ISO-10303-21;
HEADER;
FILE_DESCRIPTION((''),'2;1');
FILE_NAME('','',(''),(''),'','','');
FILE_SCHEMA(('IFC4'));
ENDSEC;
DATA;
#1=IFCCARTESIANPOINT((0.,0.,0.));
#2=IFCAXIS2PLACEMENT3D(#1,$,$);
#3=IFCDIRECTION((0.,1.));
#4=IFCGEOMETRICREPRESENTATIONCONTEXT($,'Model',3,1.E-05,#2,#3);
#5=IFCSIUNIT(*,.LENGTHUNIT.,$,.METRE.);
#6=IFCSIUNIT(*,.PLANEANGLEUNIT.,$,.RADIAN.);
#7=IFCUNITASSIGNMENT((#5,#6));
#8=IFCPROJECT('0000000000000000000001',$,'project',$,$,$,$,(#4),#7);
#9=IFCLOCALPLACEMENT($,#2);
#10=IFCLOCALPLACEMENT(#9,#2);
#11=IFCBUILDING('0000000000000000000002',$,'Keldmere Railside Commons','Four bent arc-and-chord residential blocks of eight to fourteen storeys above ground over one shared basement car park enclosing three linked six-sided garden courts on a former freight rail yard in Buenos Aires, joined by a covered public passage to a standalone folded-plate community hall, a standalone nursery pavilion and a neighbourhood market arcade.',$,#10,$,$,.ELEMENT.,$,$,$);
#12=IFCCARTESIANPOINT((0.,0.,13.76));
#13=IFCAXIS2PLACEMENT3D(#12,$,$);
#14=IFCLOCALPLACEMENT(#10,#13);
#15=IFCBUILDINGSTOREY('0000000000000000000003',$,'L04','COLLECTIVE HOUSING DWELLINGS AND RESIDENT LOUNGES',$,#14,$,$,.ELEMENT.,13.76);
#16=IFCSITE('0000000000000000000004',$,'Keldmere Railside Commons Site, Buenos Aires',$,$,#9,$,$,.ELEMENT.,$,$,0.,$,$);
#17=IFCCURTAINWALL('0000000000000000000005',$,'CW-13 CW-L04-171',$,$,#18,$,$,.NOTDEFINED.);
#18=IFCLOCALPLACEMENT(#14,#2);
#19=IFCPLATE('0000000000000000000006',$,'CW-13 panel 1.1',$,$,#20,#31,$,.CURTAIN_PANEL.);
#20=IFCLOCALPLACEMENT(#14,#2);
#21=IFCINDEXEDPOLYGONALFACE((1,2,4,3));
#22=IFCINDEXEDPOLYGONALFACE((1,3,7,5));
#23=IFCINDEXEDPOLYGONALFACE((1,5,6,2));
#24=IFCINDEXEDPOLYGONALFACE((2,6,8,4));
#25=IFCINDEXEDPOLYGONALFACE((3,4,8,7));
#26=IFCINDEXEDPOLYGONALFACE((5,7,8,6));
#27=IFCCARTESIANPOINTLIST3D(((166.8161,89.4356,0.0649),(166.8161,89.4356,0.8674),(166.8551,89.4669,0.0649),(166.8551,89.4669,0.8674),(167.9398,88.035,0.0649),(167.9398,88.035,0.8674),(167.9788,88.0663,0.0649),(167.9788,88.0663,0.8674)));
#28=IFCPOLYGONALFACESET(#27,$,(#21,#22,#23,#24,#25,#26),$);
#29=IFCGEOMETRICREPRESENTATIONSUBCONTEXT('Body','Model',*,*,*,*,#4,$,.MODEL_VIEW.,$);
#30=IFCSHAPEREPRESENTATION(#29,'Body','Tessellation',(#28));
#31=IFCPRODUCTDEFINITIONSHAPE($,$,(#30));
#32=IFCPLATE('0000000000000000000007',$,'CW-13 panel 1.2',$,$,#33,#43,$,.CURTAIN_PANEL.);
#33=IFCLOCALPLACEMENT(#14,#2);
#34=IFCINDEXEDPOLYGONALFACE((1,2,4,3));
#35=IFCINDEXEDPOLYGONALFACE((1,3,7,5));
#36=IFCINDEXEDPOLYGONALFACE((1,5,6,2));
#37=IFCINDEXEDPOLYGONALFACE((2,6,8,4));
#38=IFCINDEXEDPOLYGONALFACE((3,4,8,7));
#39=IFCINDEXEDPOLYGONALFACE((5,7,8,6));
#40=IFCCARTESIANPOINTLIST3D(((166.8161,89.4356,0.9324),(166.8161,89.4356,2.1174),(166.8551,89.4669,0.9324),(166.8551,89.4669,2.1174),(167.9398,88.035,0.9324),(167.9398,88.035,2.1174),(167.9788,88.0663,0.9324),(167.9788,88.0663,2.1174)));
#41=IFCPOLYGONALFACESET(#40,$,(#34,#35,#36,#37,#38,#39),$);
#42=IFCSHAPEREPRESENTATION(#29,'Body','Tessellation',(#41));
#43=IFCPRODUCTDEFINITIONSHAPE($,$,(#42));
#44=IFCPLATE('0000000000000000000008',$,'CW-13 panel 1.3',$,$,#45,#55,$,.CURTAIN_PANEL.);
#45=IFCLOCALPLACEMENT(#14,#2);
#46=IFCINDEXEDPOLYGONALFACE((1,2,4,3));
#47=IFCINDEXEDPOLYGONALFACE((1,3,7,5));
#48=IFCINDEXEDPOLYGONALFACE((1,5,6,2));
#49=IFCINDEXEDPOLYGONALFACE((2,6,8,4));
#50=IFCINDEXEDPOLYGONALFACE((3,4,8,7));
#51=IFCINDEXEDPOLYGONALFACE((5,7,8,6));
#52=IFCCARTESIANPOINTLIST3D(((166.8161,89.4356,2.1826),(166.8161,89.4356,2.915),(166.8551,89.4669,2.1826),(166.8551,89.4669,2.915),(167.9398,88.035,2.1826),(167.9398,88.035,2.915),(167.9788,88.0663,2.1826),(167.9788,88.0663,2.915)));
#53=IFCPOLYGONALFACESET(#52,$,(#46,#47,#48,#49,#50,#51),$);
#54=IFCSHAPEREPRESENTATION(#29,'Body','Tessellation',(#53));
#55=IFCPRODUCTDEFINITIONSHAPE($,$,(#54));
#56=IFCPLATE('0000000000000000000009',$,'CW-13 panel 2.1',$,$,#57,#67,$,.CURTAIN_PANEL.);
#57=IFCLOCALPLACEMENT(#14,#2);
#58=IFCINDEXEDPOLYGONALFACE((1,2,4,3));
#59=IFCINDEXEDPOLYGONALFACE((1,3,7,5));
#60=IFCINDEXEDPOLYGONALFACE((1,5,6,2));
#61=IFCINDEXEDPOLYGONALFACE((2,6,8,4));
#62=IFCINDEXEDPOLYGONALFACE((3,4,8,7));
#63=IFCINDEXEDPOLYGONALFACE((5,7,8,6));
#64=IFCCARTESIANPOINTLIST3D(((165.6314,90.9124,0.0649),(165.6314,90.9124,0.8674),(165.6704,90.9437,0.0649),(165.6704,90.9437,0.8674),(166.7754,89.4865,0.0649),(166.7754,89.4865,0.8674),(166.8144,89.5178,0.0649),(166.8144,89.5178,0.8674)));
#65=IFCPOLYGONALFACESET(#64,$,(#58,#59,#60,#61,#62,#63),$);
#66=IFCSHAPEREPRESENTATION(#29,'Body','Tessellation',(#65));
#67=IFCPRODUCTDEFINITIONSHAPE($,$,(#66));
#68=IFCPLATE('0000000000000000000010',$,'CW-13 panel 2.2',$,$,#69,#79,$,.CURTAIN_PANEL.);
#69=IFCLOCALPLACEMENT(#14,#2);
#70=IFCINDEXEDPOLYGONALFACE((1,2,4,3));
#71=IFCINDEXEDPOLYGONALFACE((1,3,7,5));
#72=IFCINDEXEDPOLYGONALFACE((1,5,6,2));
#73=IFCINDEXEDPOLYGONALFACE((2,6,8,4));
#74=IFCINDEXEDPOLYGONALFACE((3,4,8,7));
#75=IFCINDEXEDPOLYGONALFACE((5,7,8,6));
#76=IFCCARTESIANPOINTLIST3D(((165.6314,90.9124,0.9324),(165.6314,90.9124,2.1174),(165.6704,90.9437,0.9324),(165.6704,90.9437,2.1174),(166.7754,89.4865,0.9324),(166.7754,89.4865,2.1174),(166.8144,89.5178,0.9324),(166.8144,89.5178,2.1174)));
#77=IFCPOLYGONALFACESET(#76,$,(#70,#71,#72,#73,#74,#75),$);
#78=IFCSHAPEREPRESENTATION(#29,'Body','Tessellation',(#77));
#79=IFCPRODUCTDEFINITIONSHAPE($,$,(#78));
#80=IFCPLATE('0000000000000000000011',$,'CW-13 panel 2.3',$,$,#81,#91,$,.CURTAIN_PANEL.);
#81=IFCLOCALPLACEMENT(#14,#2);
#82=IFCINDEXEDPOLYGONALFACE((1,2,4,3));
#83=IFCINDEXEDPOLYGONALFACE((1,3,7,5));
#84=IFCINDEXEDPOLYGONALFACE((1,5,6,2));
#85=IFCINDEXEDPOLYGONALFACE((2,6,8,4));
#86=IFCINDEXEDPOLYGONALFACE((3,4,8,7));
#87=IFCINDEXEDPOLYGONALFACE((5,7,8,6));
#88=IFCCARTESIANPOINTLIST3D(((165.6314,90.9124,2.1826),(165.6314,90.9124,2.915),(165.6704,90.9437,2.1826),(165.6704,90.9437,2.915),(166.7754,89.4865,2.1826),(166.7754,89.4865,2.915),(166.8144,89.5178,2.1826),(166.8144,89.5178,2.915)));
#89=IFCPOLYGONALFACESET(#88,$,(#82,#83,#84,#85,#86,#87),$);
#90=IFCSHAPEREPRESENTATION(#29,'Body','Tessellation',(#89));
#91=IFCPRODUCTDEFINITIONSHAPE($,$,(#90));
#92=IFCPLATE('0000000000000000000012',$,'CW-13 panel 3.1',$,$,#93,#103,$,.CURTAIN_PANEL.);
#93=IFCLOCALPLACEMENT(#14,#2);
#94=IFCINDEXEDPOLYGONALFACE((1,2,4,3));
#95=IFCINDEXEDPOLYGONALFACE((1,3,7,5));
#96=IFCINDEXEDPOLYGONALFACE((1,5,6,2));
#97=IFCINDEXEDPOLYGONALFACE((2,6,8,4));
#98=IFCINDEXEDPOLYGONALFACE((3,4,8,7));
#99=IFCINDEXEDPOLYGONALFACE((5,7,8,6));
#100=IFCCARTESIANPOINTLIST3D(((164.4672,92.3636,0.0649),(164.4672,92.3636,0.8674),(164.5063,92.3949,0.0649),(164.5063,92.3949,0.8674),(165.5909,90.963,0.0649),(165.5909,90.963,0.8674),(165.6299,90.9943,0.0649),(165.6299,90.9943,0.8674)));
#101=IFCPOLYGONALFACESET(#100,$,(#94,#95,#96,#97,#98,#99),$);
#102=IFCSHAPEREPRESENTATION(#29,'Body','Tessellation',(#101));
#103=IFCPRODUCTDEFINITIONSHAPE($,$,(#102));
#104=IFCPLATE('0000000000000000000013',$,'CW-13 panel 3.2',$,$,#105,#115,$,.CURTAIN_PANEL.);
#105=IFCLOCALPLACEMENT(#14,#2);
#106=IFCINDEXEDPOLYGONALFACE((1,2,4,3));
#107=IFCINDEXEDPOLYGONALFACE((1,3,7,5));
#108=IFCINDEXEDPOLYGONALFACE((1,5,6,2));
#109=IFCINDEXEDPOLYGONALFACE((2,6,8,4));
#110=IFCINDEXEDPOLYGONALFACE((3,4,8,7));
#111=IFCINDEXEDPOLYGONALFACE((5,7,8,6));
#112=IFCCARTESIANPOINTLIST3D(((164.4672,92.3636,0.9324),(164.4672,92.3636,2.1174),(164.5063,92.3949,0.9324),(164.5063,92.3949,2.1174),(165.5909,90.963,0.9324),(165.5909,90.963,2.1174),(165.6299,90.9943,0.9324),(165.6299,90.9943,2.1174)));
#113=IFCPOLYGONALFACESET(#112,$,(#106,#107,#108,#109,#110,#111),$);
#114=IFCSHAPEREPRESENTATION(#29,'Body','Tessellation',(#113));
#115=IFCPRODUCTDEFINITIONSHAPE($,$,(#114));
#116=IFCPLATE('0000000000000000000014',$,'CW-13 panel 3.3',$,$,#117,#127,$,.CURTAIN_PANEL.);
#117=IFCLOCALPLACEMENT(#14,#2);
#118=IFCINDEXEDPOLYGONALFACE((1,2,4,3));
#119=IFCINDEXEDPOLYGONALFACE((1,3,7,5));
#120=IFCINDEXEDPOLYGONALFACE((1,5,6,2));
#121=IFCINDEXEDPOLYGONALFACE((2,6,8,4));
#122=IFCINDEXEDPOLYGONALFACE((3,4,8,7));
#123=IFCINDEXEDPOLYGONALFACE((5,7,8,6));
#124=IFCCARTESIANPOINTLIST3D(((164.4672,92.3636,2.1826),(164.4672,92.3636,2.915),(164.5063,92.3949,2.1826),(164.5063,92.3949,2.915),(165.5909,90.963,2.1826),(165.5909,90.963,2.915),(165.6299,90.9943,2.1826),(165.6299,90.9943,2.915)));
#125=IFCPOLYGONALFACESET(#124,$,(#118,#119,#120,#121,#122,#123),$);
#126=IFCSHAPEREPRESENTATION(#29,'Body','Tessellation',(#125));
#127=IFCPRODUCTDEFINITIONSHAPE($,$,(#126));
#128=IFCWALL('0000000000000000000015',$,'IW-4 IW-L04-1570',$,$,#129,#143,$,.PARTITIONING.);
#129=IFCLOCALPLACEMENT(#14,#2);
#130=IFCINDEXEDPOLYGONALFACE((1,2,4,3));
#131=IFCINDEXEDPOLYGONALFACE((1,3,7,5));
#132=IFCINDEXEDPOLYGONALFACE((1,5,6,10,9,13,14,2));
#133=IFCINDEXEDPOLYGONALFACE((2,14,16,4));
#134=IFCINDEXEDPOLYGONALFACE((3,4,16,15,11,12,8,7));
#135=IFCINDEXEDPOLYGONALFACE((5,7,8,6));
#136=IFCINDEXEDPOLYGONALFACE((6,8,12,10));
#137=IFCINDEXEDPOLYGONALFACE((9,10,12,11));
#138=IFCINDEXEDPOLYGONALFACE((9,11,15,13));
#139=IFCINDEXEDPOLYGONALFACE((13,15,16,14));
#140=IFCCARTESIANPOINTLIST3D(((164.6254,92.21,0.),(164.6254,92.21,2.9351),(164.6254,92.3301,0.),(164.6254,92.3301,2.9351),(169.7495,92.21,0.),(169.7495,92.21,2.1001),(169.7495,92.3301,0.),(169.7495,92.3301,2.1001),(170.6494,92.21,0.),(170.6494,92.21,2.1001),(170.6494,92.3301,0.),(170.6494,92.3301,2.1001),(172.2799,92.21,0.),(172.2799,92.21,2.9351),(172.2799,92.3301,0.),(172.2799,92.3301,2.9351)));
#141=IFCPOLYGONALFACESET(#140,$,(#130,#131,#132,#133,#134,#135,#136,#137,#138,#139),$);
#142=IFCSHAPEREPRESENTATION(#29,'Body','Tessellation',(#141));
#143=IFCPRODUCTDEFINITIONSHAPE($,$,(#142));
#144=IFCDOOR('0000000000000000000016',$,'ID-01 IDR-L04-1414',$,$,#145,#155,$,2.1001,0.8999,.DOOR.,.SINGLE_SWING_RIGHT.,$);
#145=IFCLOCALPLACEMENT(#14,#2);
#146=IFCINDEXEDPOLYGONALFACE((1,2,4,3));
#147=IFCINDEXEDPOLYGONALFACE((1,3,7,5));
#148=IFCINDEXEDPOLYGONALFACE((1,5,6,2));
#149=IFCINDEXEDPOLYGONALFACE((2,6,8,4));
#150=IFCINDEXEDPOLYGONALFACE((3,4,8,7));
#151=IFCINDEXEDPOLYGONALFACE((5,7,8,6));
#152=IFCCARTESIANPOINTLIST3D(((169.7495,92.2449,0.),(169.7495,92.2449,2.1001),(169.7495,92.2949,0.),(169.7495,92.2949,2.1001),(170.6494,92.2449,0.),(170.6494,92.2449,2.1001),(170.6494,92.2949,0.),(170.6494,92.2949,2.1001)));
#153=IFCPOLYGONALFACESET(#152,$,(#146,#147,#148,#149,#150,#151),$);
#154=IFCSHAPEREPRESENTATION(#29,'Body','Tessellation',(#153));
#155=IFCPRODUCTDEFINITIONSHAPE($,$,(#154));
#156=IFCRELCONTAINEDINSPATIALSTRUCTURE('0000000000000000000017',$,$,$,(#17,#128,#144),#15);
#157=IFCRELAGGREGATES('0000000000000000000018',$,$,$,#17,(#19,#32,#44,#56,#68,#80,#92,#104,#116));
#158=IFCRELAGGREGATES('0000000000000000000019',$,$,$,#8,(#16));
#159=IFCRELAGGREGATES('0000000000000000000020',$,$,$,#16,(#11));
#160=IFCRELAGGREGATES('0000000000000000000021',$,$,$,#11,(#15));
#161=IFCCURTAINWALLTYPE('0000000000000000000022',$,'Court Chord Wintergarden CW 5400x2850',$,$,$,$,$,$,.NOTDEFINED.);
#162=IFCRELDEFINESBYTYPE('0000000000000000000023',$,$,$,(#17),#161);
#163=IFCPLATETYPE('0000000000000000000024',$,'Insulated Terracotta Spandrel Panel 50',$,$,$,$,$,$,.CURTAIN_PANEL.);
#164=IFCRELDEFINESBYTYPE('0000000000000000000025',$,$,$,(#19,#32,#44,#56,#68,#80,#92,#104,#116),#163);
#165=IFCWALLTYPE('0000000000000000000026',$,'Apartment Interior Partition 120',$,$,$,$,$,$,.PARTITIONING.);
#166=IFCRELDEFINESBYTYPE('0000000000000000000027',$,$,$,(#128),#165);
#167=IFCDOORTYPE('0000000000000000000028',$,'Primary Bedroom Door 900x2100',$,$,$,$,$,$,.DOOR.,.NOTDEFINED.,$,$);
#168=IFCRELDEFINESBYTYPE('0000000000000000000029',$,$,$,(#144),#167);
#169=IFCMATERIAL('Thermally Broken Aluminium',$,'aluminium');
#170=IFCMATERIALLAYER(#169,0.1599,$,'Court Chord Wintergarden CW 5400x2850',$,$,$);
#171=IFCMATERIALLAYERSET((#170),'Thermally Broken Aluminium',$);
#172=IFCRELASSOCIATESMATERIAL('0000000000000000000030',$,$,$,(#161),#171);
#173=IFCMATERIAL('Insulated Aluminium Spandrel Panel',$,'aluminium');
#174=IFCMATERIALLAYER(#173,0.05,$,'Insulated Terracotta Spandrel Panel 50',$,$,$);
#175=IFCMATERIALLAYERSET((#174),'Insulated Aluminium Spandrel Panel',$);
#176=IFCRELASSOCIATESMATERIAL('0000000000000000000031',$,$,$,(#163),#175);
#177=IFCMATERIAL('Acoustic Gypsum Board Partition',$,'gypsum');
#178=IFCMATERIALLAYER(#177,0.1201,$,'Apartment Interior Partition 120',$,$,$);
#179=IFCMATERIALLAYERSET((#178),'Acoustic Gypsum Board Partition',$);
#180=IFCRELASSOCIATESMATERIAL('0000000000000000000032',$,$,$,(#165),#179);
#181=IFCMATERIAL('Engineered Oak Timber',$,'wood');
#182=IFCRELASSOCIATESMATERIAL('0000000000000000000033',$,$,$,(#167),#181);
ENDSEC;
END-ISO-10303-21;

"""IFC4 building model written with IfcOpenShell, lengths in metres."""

from ifc_helpers import new_model, si_unit, direction, frame, frame_2d, origin, origin_2d, place, context, subcontext, project, spatial, rectangle, extrude, material, layer, layer_set, type_object, element, fill, aggregate, save


model = new_model("IFC4")

# Units and contexts
model_context = context("Model", 3, precision=1e-05, world=origin(), true_north=direction((0.0, 1.0)))
body_context = subcontext(model_context, "Body", "Model", "MODEL_VIEW")
ifc_project = project(units=[si_unit("LENGTHUNIT", "METRE"), si_unit("PLANEANGLEUNIT", "RADIAN")], contexts=[model_context])

# Site, building, storey
site_placement = place(None, origin())
site = spatial("IfcSite", under=ifc_project, at=site_placement, Name="Keldmere Railside Commons Site, Buenos Aires", CompositionType="ELEMENT", RefElevation=0.0)
building_placement = place(site_placement, origin())
building = spatial("IfcBuilding", under=site, at=building_placement, Name="Keldmere Railside Commons", Description="Four bent arc-and-chord residential blocks of eight to fourteen storeys above ground over one shared basement car park enclosing three linked six-sided garden courts on a former freight rail yard in Buenos Aires, joined by a covered public passage to a standalone folded-plate community hall, a standalone nursery pavilion and a neighbourhood market arcade.", CompositionType="ELEMENT")
storey_placement = place(building_placement, frame((0.0, 0.0, 13.76)))
storey = spatial("IfcBuildingStorey", under=building, at=storey_placement, Name="L04", Description="COLLECTIVE HOUSING DWELLINGS AND RESIDENT LOUNGES", CompositionType="ELEMENT", Elevation=13.76)

# Curtain wall, plates
ifc_material_1 = material(Name="Thermally Broken Aluminium", Category="aluminium")
ifc_layer_1 = layer(ifc_material_1, 0.1599, Name="Court Chord Wintergarden CW 5400x2850")
ifc_layer_set_1 = layer_set([ifc_layer_1], Name="Thermally Broken Aluminium")
curtain_wall_type = type_object("IfcCurtainWallType", Name="Court Chord Wintergarden CW 5400x2850", PredefinedType="NOTDEFINED", material=ifc_layer_set_1)
curtain_wall_placement = place(storey_placement, origin())
curtain_wall = element("IfcCurtainWall", 1, at=curtain_wall_placement, inside=storey, type_object=curtain_wall_type, Name="CW-13 CW-L04-171", PredefinedType="NOTDEFINED")
ifc_material_2 = material(Name="Insulated Aluminium Spandrel Panel", Category="aluminium")
ifc_layer_2 = layer(ifc_material_2, 0.05, Name="Insulated Terracotta Spandrel Panel 50")
ifc_layer_set_2 = layer_set([ifc_layer_2], Name="Insulated Aluminium Spandrel Panel")
plate_type = type_object("IfcPlateType", Name="Insulated Terracotta Spandrel Panel 50", PredefinedType="CURTAIN_PANEL", material=ifc_layer_set_2)
plate_1_placement = place(storey_placement, frame((167.3975, 88.751, 0.0649), z_axis=(0.0, 0.0, 1.0), x_axis=(-0.625768, 0.780009, 0.0)))
plate_1 = element("IfcPlate", 2, at=plate_1_placement, type_object=plate_type, Name="CW-13 panel 1.1", PredefinedType="CURTAIN_PANEL", context=body_context, shape_type="SweptSolid", body=[
    extrude(rectangle(XDim=1.7957, YDim=0.05, at=origin_2d()), origin(), (0.0, 0.0, 1.0), 0.8025),
])
plate_2_placement = place(storey_placement, frame((167.3975, 88.751, 0.9324), z_axis=(0.0, 0.0, 1.0), x_axis=(-0.625768, 0.780009, 0.0)))
plate_2 = element("IfcPlate", 3, at=plate_2_placement, type_object=plate_type, Name="CW-13 panel 1.2", PredefinedType="CURTAIN_PANEL", context=body_context, shape_type="SweptSolid", body=[
    extrude(rectangle(XDim=1.7957, YDim=0.05, at=origin_2d()), origin(), (0.0, 0.0, 1.0), 1.1851),
])
plate_3_placement = place(storey_placement, frame((167.3975, 88.751, 2.1826), z_axis=(0.0, 0.0, 1.0), x_axis=(-0.625768, 0.780009, 0.0)))
plate_3 = element("IfcPlate", 4, at=plate_3_placement, type_object=plate_type, Name="CW-13 panel 1.3", PredefinedType="CURTAIN_PANEL", context=body_context, shape_type="SweptSolid", body=[
    extrude(rectangle(XDim=1.7957, YDim=0.05, at=origin_2d()), origin(), (0.0, 0.0, 1.0), 0.7324),
])
plate_4_placement = place(storey_placement, frame((166.2229, 90.2151, 0.0649), z_axis=(0.0, 0.0, 1.0), x_axis=(-0.625768, 0.780009, 0.0)))
plate_4 = element("IfcPlate", 5, at=plate_4_placement, type_object=plate_type, Name="CW-13 panel 2.1", PredefinedType="CURTAIN_PANEL", context=body_context, shape_type="SweptSolid", body=[
    extrude(rectangle(XDim=1.8281, YDim=0.05, at=origin_2d()), origin(), (0.0, 0.0, 1.0), 0.8025),
])
plate_5_placement = place(storey_placement, frame((166.2229, 90.2151, 0.9324), z_axis=(0.0, 0.0, 1.0), x_axis=(-0.625768, 0.780009, 0.0)))
plate_5 = element("IfcPlate", 6, at=plate_5_placement, type_object=plate_type, Name="CW-13 panel 2.2", PredefinedType="CURTAIN_PANEL", context=body_context, shape_type="SweptSolid", body=[
    extrude(rectangle(XDim=1.8281, YDim=0.05, at=origin_2d()), origin(), (0.0, 0.0, 1.0), 1.1851),
])
plate_6_placement = place(storey_placement, frame((166.2229, 90.2151, 2.1826), z_axis=(0.0, 0.0, 1.0), x_axis=(-0.625768, 0.780009, 0.0)))
plate_6 = element("IfcPlate", 7, at=plate_6_placement, type_object=plate_type, Name="CW-13 panel 2.3", PredefinedType="CURTAIN_PANEL", context=body_context, shape_type="SweptSolid", body=[
    extrude(rectangle(XDim=1.8281, YDim=0.05, at=origin_2d()), origin(), (0.0, 0.0, 1.0), 0.7324),
])
plate_7_placement = place(storey_placement, frame((165.0486, 91.679, 0.0649), z_axis=(0.0, 0.0, 1.0), x_axis=(-0.625768, 0.780009, 0.0)))
plate_7 = element("IfcPlate", 8, at=plate_7_placement, type_object=plate_type, Name="CW-13 panel 3.1", PredefinedType="CURTAIN_PANEL", context=body_context, shape_type="SweptSolid", body=[
    extrude(rectangle(XDim=1.7957, YDim=0.05, at=origin_2d()), origin(), (0.0, 0.0, 1.0), 0.8025),
])
plate_8_placement = place(storey_placement, frame((165.0486, 91.679, 0.9324), z_axis=(0.0, 0.0, 1.0), x_axis=(-0.625768, 0.780009, 0.0)))
plate_8 = element("IfcPlate", 9, at=plate_8_placement, type_object=plate_type, Name="CW-13 panel 3.2", PredefinedType="CURTAIN_PANEL", context=body_context, shape_type="SweptSolid", body=[
    extrude(rectangle(XDim=1.7957, YDim=0.05, at=origin_2d()), origin(), (0.0, 0.0, 1.0), 1.1851),
])
plate_9_placement = place(storey_placement, frame((165.0486, 91.679, 2.1826), z_axis=(0.0, 0.0, 1.0), x_axis=(-0.625768, 0.780009, 0.0)))
plate_9 = element("IfcPlate", 10, at=plate_9_placement, type_object=plate_type, Name="CW-13 panel 3.3", PredefinedType="CURTAIN_PANEL", context=body_context, shape_type="SweptSolid", body=[
    extrude(rectangle(XDim=1.7957, YDim=0.05, at=origin_2d()), origin(), (0.0, 0.0, 1.0), 0.7324),
])
aggregate(curtain_wall, [plate_1, plate_2, plate_3, plate_4, plate_5, plate_6, plate_7, plate_8, plate_9])

# Wall, opening, door
ifc_material_3 = material(Name="Acoustic Gypsum Board Partition", Category="gypsum")
ifc_layer_3 = layer(ifc_material_3, 0.1201, Name="Apartment Interior Partition 120")
ifc_layer_set_3 = layer_set([ifc_layer_3], Name="Acoustic Gypsum Board Partition")
wall_type = type_object("IfcWallType", Name="Apartment Interior Partition 120", PredefinedType="PARTITIONING", material=ifc_layer_set_3)
wall_placement = place(storey_placement, frame((164.6255, 92.27, 0.0), z_axis=(0.0, 0.0, 1.0), x_axis=(1.0, 0.0, 0.0)))
wall = element("IfcWall", 11, at=wall_placement, inside=storey, type_object=wall_type, Name="IW-4 IW-L04-1570", PredefinedType="PARTITIONING", context=body_context, shape_type="SweptSolid", body=[
    extrude(rectangle(XDim=7.6545, YDim=0.1201, at=frame_2d((3.8271, 0.0))), origin(), (0.0, 0.0, 1.0), 2.9351),
])
opening_placement = place(wall_placement, frame((5.124, 0.0, 0.0)))
opening = element("IfcOpeningElement", 12, at=opening_placement, cuts=wall, PredefinedType="OPENING", context=body_context, shape_type="SweptSolid", body=[
    extrude(rectangle(XDim=0.8999, YDim=2.1001, at=frame_2d((0.45, 1.05))), frame((0.0, 0.0701, 0.0), z_axis=(0.0, -1.0, 0.0), x_axis=(1.0, 0.0, 0.0)), (0.0, 0.0, 1.0), 0.1401),
])
ifc_material_4 = material(Name="Engineered Oak Timber", Category="wood")
door_type = type_object("IfcDoorType", Name="Primary Bedroom Door 900x2100", OperationType="NOTDEFINED", PredefinedType="DOOR", material=ifc_material_4)
door_placement = place(opening_placement, origin())
door = element("IfcDoor", 13, at=door_placement, inside=storey, type_object=door_type, Name="ID-01 IDR-L04-1414", OperationType="SINGLE_SWING_RIGHT", OverallHeight=2.1001, OverallWidth=0.8999, PredefinedType="DOOR", context=body_context, shape_type="SweptSolid", body=[
    extrude(rectangle(XDim=0.8999, YDim=2.1001, at=frame_2d((0.45, 1.05))), frame((0.0, 0.0249, 0.0), z_axis=(0.0, -1.0, 0.0), x_axis=(1.0, 0.0, 0.0)), (0.0, 0.0, 1.0), 0.05),
])
fill(opening, door)

save(model, "model.ifc")
